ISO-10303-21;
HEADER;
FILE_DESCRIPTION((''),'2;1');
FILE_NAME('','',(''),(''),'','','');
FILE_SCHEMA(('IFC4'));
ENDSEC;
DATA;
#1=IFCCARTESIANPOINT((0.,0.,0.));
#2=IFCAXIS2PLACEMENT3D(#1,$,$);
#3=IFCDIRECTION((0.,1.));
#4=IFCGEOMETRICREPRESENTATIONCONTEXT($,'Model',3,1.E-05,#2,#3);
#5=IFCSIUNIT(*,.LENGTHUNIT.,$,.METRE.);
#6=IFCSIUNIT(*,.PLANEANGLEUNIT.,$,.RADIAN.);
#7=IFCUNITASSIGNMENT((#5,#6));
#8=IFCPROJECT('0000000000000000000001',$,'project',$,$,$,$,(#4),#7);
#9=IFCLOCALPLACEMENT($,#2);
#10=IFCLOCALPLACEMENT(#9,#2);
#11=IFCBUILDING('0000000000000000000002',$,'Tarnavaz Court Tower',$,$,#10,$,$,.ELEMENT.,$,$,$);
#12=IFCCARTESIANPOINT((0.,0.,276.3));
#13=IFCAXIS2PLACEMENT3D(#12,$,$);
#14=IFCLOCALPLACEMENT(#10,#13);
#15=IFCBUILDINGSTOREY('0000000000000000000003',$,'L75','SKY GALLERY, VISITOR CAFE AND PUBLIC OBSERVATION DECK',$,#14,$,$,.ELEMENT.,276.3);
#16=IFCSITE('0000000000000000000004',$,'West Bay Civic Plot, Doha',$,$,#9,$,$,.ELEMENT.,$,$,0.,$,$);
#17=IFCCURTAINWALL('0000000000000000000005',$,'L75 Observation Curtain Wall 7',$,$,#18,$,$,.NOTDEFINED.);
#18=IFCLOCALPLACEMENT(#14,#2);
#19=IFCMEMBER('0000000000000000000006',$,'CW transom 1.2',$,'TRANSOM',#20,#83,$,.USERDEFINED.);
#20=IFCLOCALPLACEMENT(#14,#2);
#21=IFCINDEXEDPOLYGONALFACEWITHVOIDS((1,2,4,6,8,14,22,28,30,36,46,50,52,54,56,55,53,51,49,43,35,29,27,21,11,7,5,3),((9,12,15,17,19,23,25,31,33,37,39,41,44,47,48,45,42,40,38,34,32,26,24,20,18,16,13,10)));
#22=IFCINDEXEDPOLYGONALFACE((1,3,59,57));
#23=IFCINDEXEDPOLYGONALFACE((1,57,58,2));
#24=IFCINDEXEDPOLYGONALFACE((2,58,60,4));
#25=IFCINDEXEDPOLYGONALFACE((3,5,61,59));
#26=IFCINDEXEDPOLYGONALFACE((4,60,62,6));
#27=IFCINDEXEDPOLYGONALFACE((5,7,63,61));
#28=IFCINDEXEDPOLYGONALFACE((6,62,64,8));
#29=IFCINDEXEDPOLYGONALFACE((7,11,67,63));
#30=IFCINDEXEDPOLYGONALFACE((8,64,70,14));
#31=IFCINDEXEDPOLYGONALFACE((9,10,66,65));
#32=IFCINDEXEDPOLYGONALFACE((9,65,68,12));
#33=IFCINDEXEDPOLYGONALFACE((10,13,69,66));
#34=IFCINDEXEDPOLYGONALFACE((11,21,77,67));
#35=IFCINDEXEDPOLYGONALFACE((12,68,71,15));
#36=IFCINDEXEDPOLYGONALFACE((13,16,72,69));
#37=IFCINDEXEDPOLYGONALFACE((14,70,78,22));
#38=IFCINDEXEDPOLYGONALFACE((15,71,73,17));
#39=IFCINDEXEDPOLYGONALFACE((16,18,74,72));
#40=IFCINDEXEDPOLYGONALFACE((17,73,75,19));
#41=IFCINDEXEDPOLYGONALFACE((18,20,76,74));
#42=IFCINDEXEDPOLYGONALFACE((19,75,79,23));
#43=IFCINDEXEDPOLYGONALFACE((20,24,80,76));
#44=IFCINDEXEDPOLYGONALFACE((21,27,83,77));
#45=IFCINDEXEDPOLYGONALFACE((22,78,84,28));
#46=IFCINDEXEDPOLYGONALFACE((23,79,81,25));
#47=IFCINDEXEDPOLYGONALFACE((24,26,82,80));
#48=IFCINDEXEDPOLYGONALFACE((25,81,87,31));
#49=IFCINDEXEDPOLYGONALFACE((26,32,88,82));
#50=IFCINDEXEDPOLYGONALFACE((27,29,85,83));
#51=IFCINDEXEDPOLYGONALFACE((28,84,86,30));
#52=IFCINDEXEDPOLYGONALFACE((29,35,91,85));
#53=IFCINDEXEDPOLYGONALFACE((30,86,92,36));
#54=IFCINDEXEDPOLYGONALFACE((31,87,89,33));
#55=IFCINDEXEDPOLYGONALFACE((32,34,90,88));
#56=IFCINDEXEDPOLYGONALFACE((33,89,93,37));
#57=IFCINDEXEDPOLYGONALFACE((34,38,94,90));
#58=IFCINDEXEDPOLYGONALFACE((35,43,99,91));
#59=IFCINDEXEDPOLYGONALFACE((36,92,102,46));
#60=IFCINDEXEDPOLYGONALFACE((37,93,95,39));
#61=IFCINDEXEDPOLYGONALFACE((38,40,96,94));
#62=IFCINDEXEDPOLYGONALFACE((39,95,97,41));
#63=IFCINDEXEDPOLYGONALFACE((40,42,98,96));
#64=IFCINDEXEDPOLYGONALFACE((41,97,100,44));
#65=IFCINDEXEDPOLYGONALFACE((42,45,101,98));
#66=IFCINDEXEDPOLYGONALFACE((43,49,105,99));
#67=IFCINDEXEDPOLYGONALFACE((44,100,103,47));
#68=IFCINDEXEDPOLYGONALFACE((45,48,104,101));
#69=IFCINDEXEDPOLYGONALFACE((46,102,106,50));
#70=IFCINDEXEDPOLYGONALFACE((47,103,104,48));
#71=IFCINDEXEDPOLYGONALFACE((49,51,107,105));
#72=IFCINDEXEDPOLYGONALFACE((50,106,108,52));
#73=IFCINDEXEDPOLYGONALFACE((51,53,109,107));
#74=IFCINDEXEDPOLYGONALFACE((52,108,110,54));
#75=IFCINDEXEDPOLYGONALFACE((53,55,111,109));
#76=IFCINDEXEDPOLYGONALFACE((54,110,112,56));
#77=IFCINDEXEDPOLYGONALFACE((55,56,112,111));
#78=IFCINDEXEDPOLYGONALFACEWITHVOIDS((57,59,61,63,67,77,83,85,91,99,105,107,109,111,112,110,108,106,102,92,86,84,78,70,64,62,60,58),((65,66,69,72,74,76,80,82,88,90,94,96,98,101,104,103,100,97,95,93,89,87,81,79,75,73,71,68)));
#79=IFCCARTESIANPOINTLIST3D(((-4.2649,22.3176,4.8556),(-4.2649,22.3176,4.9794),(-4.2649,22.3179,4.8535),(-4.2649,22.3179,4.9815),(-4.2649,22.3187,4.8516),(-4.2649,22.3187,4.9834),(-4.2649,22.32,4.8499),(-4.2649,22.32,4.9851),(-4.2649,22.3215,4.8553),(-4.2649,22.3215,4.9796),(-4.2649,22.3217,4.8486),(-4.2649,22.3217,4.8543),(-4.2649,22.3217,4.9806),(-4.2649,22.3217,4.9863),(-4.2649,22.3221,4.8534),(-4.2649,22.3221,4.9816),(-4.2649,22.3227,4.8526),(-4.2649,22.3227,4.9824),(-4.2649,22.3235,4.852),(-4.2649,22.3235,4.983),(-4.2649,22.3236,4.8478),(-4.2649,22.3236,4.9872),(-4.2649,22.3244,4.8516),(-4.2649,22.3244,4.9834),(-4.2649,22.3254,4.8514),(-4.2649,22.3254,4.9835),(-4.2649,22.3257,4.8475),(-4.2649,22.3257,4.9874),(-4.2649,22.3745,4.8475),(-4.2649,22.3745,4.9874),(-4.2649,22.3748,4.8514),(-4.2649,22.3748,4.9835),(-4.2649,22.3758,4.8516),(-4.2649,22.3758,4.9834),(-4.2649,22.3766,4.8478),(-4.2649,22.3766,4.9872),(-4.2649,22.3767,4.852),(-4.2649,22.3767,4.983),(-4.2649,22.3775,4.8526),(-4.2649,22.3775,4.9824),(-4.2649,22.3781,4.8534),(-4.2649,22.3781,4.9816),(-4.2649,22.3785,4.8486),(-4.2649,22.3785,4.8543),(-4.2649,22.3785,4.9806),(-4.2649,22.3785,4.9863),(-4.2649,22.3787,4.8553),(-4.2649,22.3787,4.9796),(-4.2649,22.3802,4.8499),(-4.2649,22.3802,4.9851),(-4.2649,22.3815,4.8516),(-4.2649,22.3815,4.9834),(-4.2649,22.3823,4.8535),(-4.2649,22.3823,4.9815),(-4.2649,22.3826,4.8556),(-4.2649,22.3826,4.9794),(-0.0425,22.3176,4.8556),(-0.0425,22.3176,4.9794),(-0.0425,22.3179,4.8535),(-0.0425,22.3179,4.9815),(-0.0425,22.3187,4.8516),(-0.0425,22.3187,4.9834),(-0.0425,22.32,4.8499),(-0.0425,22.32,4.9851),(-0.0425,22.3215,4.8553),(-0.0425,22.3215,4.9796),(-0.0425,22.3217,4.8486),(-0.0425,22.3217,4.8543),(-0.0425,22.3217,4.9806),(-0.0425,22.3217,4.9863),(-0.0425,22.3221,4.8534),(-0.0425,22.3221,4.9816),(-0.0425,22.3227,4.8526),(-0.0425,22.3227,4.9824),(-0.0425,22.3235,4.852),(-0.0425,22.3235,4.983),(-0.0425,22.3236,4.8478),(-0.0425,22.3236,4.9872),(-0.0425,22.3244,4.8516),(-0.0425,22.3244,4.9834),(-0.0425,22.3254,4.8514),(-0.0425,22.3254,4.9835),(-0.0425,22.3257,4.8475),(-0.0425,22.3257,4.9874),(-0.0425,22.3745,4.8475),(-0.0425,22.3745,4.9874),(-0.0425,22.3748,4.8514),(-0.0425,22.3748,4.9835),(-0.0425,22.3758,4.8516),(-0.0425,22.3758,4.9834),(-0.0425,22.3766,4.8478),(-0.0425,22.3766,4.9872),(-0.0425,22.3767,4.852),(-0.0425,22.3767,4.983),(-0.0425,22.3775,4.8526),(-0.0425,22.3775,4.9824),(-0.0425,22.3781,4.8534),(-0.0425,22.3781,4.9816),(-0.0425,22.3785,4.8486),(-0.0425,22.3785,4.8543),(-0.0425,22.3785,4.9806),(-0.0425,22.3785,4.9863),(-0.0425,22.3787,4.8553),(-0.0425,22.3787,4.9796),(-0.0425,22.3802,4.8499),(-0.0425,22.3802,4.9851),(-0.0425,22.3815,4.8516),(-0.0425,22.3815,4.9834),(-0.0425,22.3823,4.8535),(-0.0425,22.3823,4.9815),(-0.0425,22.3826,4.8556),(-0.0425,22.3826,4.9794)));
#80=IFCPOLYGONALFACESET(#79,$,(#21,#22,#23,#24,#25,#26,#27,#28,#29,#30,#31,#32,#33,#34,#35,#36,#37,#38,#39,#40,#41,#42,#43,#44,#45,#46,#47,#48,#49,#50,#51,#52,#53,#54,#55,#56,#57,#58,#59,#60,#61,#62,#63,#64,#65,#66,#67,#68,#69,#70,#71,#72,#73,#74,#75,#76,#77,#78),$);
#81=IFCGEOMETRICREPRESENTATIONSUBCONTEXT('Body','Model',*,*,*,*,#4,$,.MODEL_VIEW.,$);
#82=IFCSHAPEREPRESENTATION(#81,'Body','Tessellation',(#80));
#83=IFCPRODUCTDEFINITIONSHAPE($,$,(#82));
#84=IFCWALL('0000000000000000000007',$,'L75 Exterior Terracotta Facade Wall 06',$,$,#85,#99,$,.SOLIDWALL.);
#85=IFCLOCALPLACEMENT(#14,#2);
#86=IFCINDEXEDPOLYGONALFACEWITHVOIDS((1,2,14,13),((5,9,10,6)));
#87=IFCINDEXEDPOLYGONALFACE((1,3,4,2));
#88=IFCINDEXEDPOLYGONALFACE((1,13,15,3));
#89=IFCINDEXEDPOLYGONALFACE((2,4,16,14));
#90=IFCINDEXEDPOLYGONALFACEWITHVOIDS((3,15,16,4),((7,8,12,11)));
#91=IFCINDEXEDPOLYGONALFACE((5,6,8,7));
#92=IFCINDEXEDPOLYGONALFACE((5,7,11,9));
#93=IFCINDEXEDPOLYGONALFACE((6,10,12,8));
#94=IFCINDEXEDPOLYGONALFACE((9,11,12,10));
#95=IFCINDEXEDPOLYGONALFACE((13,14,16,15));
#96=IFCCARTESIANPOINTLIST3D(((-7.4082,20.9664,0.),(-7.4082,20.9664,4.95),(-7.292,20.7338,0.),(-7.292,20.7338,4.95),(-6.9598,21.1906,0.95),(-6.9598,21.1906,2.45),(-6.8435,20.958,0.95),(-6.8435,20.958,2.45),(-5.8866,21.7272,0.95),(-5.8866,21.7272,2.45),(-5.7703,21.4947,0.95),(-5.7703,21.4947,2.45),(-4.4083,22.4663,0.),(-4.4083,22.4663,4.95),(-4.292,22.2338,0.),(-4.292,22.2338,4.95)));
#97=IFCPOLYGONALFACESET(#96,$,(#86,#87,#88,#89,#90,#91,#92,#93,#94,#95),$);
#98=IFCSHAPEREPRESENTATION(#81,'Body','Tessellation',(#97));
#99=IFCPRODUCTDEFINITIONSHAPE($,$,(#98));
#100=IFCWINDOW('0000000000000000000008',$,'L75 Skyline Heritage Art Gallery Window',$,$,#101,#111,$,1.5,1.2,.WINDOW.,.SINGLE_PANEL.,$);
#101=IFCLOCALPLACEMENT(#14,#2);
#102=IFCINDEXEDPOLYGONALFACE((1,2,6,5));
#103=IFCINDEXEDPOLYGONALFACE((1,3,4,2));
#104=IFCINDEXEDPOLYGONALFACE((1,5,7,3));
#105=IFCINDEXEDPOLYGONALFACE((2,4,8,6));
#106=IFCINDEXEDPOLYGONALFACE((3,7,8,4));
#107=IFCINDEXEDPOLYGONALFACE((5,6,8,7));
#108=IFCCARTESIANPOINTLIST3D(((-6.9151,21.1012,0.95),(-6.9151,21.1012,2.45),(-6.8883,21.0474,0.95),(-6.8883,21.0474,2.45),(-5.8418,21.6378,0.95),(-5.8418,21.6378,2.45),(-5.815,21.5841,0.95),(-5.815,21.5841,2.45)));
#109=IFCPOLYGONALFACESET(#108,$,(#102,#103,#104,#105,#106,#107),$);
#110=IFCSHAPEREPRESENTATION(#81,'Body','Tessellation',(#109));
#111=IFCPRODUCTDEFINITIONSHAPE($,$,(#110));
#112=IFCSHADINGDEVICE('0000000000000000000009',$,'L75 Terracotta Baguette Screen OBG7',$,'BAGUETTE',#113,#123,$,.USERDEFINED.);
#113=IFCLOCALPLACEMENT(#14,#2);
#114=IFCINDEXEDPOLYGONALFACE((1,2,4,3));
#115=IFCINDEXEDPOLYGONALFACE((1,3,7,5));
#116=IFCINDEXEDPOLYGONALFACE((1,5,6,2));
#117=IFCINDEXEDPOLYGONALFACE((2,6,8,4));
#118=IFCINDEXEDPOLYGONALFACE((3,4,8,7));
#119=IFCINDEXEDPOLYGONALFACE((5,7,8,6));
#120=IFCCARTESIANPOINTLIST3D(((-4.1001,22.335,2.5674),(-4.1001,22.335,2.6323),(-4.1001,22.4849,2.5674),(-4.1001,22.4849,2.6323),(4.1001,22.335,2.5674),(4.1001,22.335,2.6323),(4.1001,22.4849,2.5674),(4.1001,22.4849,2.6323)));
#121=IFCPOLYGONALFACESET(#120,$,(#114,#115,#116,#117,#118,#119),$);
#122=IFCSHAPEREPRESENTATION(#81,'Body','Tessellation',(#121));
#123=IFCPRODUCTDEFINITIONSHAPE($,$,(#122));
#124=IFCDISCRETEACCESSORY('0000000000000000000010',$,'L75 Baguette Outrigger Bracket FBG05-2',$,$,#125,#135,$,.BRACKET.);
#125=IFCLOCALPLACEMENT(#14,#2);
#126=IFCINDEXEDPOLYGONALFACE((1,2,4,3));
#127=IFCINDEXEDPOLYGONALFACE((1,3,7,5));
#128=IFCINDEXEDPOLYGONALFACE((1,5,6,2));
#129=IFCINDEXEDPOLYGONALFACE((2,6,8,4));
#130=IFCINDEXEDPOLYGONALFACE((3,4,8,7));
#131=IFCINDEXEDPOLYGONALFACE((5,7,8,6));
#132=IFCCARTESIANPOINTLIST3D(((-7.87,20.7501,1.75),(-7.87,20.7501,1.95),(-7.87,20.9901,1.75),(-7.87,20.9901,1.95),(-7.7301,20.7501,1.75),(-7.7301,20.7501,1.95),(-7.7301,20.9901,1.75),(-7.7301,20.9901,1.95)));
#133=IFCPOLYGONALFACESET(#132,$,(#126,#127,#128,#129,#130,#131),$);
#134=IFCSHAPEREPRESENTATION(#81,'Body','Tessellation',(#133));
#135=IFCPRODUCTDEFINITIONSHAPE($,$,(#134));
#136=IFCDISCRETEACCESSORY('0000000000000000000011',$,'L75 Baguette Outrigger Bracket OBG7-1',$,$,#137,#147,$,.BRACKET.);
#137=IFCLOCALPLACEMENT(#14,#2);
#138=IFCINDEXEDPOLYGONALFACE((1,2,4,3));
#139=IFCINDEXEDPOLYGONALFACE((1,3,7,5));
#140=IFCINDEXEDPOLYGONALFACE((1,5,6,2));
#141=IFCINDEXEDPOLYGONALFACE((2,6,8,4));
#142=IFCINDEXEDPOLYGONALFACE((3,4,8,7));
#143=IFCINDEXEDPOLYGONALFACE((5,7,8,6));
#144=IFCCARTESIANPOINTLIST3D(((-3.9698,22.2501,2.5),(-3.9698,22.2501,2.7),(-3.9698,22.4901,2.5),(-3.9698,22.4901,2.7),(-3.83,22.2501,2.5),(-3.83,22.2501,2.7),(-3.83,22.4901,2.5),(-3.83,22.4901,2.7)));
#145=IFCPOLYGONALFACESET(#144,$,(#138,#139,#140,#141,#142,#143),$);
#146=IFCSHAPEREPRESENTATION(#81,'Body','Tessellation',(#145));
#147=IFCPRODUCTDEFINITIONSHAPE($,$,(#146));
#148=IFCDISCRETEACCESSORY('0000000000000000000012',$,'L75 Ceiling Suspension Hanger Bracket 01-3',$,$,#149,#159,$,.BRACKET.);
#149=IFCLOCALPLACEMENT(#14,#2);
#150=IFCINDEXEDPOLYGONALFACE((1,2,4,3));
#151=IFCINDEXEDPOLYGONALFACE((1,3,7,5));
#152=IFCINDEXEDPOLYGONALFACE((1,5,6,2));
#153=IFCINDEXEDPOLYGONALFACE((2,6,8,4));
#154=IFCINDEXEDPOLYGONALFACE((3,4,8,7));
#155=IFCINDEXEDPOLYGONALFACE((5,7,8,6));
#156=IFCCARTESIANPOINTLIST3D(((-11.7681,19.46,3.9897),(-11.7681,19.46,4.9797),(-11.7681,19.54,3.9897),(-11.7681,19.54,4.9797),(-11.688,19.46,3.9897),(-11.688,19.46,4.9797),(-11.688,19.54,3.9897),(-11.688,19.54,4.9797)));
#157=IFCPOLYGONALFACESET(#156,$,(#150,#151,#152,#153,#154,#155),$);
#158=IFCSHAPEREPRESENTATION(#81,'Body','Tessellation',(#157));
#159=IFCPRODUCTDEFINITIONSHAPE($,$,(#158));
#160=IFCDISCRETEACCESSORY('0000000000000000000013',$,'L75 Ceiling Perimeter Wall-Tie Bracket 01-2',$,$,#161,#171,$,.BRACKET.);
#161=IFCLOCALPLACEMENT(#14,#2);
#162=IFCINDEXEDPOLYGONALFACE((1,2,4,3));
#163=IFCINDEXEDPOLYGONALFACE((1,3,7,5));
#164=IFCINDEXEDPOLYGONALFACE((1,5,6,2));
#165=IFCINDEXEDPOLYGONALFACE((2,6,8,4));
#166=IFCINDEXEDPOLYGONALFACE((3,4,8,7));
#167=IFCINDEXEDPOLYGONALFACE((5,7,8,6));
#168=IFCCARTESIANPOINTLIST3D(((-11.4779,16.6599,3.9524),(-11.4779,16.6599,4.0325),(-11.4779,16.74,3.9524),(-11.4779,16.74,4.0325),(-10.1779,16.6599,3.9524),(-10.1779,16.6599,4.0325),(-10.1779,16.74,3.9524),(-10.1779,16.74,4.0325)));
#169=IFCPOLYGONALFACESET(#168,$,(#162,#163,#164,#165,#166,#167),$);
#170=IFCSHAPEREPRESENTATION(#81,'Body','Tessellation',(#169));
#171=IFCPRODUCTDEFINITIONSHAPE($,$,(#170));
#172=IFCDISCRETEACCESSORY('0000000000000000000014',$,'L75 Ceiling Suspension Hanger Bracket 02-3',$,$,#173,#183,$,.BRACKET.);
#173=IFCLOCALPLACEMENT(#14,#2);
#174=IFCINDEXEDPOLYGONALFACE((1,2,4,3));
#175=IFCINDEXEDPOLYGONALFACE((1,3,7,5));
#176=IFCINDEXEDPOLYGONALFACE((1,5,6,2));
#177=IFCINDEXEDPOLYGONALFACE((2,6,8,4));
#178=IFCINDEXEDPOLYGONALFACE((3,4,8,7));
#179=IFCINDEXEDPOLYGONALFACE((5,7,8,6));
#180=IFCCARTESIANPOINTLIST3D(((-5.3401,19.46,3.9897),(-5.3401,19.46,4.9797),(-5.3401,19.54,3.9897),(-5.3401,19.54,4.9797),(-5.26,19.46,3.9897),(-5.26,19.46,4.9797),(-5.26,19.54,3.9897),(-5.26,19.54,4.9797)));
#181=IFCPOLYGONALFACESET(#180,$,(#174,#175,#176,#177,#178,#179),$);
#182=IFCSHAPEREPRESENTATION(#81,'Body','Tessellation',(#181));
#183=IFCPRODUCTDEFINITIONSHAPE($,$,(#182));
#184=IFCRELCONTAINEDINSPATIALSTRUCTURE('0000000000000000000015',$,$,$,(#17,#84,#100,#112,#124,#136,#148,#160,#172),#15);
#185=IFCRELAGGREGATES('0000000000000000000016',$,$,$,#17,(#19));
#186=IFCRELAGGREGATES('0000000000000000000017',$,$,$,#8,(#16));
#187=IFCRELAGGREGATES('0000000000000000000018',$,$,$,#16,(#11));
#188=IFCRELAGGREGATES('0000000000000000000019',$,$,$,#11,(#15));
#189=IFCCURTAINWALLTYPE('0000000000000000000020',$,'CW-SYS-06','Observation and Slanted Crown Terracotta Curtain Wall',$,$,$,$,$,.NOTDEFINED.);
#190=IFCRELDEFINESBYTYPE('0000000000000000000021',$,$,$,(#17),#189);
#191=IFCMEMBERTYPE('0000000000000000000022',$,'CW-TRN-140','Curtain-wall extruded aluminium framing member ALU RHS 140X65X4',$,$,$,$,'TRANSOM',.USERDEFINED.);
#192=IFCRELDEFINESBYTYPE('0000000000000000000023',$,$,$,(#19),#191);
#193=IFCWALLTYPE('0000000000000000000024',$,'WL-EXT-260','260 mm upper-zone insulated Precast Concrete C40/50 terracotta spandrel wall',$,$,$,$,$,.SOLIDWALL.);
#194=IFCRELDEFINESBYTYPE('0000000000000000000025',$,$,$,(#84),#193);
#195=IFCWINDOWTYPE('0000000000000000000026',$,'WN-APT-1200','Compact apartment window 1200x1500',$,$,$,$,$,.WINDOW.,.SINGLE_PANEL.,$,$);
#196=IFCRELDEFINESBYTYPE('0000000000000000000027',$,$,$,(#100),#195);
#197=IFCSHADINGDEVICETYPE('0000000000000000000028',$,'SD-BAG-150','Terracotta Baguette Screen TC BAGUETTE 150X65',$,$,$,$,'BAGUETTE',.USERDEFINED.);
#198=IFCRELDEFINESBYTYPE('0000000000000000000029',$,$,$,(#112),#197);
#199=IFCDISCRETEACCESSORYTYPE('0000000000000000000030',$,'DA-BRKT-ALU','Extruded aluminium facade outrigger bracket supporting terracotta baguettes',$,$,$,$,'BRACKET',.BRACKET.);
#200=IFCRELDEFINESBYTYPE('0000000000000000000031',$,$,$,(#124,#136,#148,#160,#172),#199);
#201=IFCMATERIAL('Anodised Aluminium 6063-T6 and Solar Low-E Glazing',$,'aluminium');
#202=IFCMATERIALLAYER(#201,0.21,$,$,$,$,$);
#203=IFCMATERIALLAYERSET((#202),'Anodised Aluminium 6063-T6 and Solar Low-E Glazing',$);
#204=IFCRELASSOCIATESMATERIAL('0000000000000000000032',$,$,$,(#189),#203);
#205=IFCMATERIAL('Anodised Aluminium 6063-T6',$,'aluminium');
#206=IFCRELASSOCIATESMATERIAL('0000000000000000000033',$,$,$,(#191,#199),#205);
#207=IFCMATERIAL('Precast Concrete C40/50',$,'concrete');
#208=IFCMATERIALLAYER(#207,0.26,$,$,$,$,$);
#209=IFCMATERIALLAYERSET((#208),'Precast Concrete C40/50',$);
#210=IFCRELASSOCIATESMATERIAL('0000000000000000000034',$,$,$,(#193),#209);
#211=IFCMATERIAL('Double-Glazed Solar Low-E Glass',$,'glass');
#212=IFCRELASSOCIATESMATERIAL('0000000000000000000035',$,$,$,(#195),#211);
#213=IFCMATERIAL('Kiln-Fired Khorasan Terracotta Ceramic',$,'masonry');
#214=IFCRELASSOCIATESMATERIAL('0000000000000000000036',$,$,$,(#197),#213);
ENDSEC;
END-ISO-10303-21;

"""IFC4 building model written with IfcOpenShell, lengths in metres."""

from ifc_helpers import new_model, si_unit, direction, frame, frame_2d, origin, origin_2d, place, context, subcontext, project, spatial, rectangle, hollow_rectangle, extrude, material, layer, layer_set, material_profile, profile_set, type_object, element, fill, aggregate, save


model = new_model("IFC4")

# Units and contexts
model_context = context("Model", 3, precision=1e-05, world=origin(), true_north=direction((0.0, 1.0)))
body_context = subcontext(model_context, "Body", "Model", "MODEL_VIEW")
ifc_project = project(units=[si_unit("LENGTHUNIT", "METRE"), si_unit("PLANEANGLEUNIT", "RADIAN")], contexts=[model_context])

# Site, building, storey
site_placement = place(None, origin())
site = spatial("IfcSite", under=ifc_project, at=site_placement, Name="West Bay Civic Plot, Doha", CompositionType="ELEMENT", RefElevation=0.0)
building_placement = place(site_placement, origin())
building = spatial("IfcBuilding", under=site, at=building_placement, Name="Tarnavaz Court Tower", CompositionType="ELEMENT")
storey_placement = place(building_placement, frame((0.0, 0.0, 276.3)))
storey = spatial("IfcBuildingStorey", under=building, at=storey_placement, Name="L75", Description="SKY GALLERY, VISITOR CAFE AND PUBLIC OBSERVATION DECK", CompositionType="ELEMENT", Elevation=276.3)

# Curtain wall, member
ifc_material_1 = material(Name="Anodised Aluminium 6063-T6 and Solar Low-E Glazing", Category="aluminium")
ifc_layer_1 = layer(ifc_material_1, 0.21)
ifc_layer_set_1 = layer_set([ifc_layer_1], Name="Anodised Aluminium 6063-T6 and Solar Low-E Glazing")
curtain_wall_type = type_object("IfcCurtainWallType", Name="CW-SYS-06", Description="Observation and Slanted Crown Terracotta Curtain Wall", PredefinedType="NOTDEFINED", material=ifc_layer_set_1)
curtain_wall_placement = place(storey_placement, origin())
curtain_wall = element("IfcCurtainWall", 1, at=curtain_wall_placement, inside=storey, type_object=curtain_wall_type, Name="L75 Observation Curtain Wall 7", PredefinedType="NOTDEFINED")
ifc_material_2 = material(Name="Anodised Aluminium 6063-T6", Category="aluminium")
ifc_material_profile_1 = material_profile(ifc_material_2, hollow_rectangle(XDim=0.0649, YDim=0.1399, WallThickness=0.0039, InnerFilletRadius=0.0039, OuterFilletRadius=0.0081, at=origin_2d()), Name="ALU RHS 140X65X4")
ifc_profile_set_1 = profile_set([ifc_material_profile_1], Name="Anodised Aluminium 6063-T6")
member_type_1 = type_object("IfcMemberType", Name="CW-TRN-140", Description="Curtain-wall extruded aluminium framing member ALU RHS 140X65X4", ElementType="TRANSOM", PredefinedType="USERDEFINED", material=ifc_profile_set_1)
member_1_placement = place(storey_placement, frame((-4.2649, 22.3501, 4.9175), z_axis=(1.0, 0.0, 0.0), x_axis=(0.0, 1.0, 0.0)))
member_1 = element("IfcMember", 2, at=member_1_placement, type_object=member_type_1, Name="CW transom 1.2", ObjectType="TRANSOM", PredefinedType="USERDEFINED", context=body_context, shape_type="SweptSolid", body=[
    extrude(hollow_rectangle(XDim=0.0649, YDim=0.1399, WallThickness=0.0039, InnerFilletRadius=0.0039, OuterFilletRadius=0.0081, at=origin_2d()), origin(), (0.0, 0.0, 1.0), 4.2224),
])
aggregate(curtain_wall, [member_1])

# Wall, opening, window
ifc_material_3 = material(Name="Precast Concrete C40/50", Category="concrete")
ifc_layer_2 = layer(ifc_material_3, 0.26)
ifc_layer_set_2 = layer_set([ifc_layer_2], Name="Precast Concrete C40/50")
wall_type = type_object("IfcWallType", Name="WL-EXT-260", Description="260 mm upper-zone insulated Precast Concrete C40/50 terracotta spandrel wall", PredefinedType="SOLIDWALL", material=ifc_layer_set_2)
wall_placement = place(storey_placement, frame((-7.3501, 20.8501, 0.0), z_axis=(0.0, 0.0, 1.0), x_axis=(0.894427, 0.447214, 0.0)))
wall = element("IfcWall", 3, at=wall_placement, inside=storey, type_object=wall_type, Name="L75 Exterior Terracotta Facade Wall 06", PredefinedType="SOLIDWALL", context=body_context, shape_type="SweptSolid", body=[
    extrude(rectangle(XDim=3.354, YDim=0.26, at=frame_2d((1.677, 0.0))), origin(), (0.0, 0.0, 1.0), 4.95),
])
opening_placement = place(wall_placement, frame((0.5012, 0.0, 0.95)))
opening = element("IfcOpeningElement", 4, at=opening_placement, cuts=wall, PredefinedType="OPENING", context=body_context, shape_type="SweptSolid", body=[
    extrude(rectangle(XDim=1.2, YDim=1.5, at=frame_2d((0.6001, 0.75))), frame((0.0, 0.1399, 0.0), z_axis=(0.0, -1.0, 0.0), x_axis=(1.0, 0.0, 0.0)), (0.0, 0.0, 1.0), 0.28),
])
ifc_material_4 = material(Name="Double-Glazed Solar Low-E Glass", Category="glass")
window_type = type_object("IfcWindowType", Name="WN-APT-1200", Description="Compact apartment window 1200x1500", PartitioningType="SINGLE_PANEL", PredefinedType="WINDOW", material=ifc_material_4)
window_placement = place(opening_placement, origin())
window = element("IfcWindow", 5, at=window_placement, inside=storey, type_object=window_type, Name="L75 Skyline Heritage Art Gallery Window", OverallHeight=1.5, OverallWidth=1.2, PartitioningType="SINGLE_PANEL", PredefinedType="WINDOW", context=body_context, shape_type="SweptSolid", body=[
    extrude(rectangle(XDim=1.2, YDim=1.5, at=frame_2d((0.6001, 0.75))), frame((0.0, 0.03, 0.0), z_axis=(0.0, -1.0, 0.0), x_axis=(1.0, 0.0, 0.0)), (0.0, 0.0, 1.0), 0.0601),
])
fill(opening, window)

# Shading device
ifc_material_5 = material(Name="Kiln-Fired Khorasan Terracotta Ceramic", Category="masonry")
ifc_material_profile_2 = material_profile(ifc_material_5, rectangle(XDim=0.1499, YDim=0.0649, at=origin_2d()), Name="TC BAGUETTE 150X65")
ifc_profile_set_2 = profile_set([ifc_material_profile_2], Name="Kiln-Fired Khorasan Terracotta Ceramic")
shading_device_type = type_object("IfcShadingDeviceType", Name="SD-BAG-150", Description="Terracotta Baguette Screen TC BAGUETTE 150X65", ElementType="BAGUETTE", PredefinedType="USERDEFINED", material=ifc_profile_set_2)
shading_device_placement = place(storey_placement, frame((-4.1001, 22.4099, 2.5999), z_axis=(1.0, 0.0, 0.0), x_axis=(0.0, 1.0, 0.0)))
element("IfcShadingDevice", 6, at=shading_device_placement, inside=storey, type_object=shading_device_type, Name="L75 Terracotta Baguette Screen OBG7", ObjectType="BAGUETTE", PredefinedType="USERDEFINED", context=body_context, shape_type="SweptSolid", body=[
    extrude(rectangle(XDim=0.1499, YDim=0.0649, at=origin_2d()), origin(), (0.0, 0.0, 1.0), 8.2002),
])

# Discrete accessories
discrete_accessory_type = type_object("IfcDiscreteAccessoryType", Name="DA-BRKT-ALU", Description="Extruded aluminium facade outrigger bracket supporting terracotta baguettes", ElementType="BRACKET", PredefinedType="BRACKET", material=ifc_material_2)
for number, where, z_axis, x_axis, name in (
    (7, (-7.8, 20.8701, 1.75), (0.0, 0.0, 1.0), (1.0, 0.0, 0.0), "L75 Baguette Outrigger Bracket FBG05-2"),
    (8, (-3.8999, 22.3701, 2.5), (0.0, 0.0, 1.0), (1.0, 0.0, 0.0), "L75 Baguette Outrigger Bracket OBG7-1"),
):
    element("IfcDiscreteAccessory", number, at=place(storey_placement, frame(where, z_axis=z_axis, x_axis=x_axis)), inside=storey, type_object=discrete_accessory_type, Name=name, PredefinedType="BRACKET", context=body_context, shape_type="SweptSolid", body=[
        extrude(rectangle(XDim=0.1399, YDim=0.24, at=origin_2d()), origin(), (0.0, 0.0, 1.0), 0.2),
    ])
discrete_accessory_1_placement = place(storey_placement, frame((-11.728, 19.5, 3.9897), z_axis=(0.0, 0.0, 1.0), x_axis=(1.0, 0.0, 0.0)))
element("IfcDiscreteAccessory", 9, at=discrete_accessory_1_placement, inside=storey, type_object=discrete_accessory_type, Name="L75 Ceiling Suspension Hanger Bracket 01-3", PredefinedType="BRACKET", context=body_context, shape_type="SweptSolid", body=[
    extrude(rectangle(XDim=0.0801, YDim=0.0801, at=origin_2d()), origin(), (0.0, 0.0, 1.0), 0.99),
])
discrete_accessory_2_placement = place(storey_placement, frame((-10.8279, 16.7, 3.9524), z_axis=(0.0, 0.0, 1.0), x_axis=(1.0, 0.0, 0.0)))
element("IfcDiscreteAccessory", 10, at=discrete_accessory_2_placement, inside=storey, type_object=discrete_accessory_type, Name="L75 Ceiling Perimeter Wall-Tie Bracket 01-2", PredefinedType="BRACKET", context=body_context, shape_type="SweptSolid", body=[
    extrude(rectangle(XDim=1.3, YDim=0.0801, at=origin_2d()), origin(), (0.0, 0.0, 1.0), 0.0801),
])
for number, where, z_axis, x_axis, name in (
    (11, (-5.3, 19.5, 3.9897), (0.0, 0.0, 1.0), (1.0, 0.0, 0.0), "L75 Ceiling Suspension Hanger Bracket 02-3"),
):
    element("IfcDiscreteAccessory", number, at=place(storey_placement, frame(where, z_axis=z_axis, x_axis=x_axis)), inside=storey, type_object=discrete_accessory_type, Name=name, PredefinedType="BRACKET", context=body_context, shape_type="SweptSolid", body=[
        extrude(rectangle(XDim=0.0801, YDim=0.0801, at=origin_2d()), origin(), (0.0, 0.0, 1.0), 0.99),
    ])

save(model, "model.ifc")
